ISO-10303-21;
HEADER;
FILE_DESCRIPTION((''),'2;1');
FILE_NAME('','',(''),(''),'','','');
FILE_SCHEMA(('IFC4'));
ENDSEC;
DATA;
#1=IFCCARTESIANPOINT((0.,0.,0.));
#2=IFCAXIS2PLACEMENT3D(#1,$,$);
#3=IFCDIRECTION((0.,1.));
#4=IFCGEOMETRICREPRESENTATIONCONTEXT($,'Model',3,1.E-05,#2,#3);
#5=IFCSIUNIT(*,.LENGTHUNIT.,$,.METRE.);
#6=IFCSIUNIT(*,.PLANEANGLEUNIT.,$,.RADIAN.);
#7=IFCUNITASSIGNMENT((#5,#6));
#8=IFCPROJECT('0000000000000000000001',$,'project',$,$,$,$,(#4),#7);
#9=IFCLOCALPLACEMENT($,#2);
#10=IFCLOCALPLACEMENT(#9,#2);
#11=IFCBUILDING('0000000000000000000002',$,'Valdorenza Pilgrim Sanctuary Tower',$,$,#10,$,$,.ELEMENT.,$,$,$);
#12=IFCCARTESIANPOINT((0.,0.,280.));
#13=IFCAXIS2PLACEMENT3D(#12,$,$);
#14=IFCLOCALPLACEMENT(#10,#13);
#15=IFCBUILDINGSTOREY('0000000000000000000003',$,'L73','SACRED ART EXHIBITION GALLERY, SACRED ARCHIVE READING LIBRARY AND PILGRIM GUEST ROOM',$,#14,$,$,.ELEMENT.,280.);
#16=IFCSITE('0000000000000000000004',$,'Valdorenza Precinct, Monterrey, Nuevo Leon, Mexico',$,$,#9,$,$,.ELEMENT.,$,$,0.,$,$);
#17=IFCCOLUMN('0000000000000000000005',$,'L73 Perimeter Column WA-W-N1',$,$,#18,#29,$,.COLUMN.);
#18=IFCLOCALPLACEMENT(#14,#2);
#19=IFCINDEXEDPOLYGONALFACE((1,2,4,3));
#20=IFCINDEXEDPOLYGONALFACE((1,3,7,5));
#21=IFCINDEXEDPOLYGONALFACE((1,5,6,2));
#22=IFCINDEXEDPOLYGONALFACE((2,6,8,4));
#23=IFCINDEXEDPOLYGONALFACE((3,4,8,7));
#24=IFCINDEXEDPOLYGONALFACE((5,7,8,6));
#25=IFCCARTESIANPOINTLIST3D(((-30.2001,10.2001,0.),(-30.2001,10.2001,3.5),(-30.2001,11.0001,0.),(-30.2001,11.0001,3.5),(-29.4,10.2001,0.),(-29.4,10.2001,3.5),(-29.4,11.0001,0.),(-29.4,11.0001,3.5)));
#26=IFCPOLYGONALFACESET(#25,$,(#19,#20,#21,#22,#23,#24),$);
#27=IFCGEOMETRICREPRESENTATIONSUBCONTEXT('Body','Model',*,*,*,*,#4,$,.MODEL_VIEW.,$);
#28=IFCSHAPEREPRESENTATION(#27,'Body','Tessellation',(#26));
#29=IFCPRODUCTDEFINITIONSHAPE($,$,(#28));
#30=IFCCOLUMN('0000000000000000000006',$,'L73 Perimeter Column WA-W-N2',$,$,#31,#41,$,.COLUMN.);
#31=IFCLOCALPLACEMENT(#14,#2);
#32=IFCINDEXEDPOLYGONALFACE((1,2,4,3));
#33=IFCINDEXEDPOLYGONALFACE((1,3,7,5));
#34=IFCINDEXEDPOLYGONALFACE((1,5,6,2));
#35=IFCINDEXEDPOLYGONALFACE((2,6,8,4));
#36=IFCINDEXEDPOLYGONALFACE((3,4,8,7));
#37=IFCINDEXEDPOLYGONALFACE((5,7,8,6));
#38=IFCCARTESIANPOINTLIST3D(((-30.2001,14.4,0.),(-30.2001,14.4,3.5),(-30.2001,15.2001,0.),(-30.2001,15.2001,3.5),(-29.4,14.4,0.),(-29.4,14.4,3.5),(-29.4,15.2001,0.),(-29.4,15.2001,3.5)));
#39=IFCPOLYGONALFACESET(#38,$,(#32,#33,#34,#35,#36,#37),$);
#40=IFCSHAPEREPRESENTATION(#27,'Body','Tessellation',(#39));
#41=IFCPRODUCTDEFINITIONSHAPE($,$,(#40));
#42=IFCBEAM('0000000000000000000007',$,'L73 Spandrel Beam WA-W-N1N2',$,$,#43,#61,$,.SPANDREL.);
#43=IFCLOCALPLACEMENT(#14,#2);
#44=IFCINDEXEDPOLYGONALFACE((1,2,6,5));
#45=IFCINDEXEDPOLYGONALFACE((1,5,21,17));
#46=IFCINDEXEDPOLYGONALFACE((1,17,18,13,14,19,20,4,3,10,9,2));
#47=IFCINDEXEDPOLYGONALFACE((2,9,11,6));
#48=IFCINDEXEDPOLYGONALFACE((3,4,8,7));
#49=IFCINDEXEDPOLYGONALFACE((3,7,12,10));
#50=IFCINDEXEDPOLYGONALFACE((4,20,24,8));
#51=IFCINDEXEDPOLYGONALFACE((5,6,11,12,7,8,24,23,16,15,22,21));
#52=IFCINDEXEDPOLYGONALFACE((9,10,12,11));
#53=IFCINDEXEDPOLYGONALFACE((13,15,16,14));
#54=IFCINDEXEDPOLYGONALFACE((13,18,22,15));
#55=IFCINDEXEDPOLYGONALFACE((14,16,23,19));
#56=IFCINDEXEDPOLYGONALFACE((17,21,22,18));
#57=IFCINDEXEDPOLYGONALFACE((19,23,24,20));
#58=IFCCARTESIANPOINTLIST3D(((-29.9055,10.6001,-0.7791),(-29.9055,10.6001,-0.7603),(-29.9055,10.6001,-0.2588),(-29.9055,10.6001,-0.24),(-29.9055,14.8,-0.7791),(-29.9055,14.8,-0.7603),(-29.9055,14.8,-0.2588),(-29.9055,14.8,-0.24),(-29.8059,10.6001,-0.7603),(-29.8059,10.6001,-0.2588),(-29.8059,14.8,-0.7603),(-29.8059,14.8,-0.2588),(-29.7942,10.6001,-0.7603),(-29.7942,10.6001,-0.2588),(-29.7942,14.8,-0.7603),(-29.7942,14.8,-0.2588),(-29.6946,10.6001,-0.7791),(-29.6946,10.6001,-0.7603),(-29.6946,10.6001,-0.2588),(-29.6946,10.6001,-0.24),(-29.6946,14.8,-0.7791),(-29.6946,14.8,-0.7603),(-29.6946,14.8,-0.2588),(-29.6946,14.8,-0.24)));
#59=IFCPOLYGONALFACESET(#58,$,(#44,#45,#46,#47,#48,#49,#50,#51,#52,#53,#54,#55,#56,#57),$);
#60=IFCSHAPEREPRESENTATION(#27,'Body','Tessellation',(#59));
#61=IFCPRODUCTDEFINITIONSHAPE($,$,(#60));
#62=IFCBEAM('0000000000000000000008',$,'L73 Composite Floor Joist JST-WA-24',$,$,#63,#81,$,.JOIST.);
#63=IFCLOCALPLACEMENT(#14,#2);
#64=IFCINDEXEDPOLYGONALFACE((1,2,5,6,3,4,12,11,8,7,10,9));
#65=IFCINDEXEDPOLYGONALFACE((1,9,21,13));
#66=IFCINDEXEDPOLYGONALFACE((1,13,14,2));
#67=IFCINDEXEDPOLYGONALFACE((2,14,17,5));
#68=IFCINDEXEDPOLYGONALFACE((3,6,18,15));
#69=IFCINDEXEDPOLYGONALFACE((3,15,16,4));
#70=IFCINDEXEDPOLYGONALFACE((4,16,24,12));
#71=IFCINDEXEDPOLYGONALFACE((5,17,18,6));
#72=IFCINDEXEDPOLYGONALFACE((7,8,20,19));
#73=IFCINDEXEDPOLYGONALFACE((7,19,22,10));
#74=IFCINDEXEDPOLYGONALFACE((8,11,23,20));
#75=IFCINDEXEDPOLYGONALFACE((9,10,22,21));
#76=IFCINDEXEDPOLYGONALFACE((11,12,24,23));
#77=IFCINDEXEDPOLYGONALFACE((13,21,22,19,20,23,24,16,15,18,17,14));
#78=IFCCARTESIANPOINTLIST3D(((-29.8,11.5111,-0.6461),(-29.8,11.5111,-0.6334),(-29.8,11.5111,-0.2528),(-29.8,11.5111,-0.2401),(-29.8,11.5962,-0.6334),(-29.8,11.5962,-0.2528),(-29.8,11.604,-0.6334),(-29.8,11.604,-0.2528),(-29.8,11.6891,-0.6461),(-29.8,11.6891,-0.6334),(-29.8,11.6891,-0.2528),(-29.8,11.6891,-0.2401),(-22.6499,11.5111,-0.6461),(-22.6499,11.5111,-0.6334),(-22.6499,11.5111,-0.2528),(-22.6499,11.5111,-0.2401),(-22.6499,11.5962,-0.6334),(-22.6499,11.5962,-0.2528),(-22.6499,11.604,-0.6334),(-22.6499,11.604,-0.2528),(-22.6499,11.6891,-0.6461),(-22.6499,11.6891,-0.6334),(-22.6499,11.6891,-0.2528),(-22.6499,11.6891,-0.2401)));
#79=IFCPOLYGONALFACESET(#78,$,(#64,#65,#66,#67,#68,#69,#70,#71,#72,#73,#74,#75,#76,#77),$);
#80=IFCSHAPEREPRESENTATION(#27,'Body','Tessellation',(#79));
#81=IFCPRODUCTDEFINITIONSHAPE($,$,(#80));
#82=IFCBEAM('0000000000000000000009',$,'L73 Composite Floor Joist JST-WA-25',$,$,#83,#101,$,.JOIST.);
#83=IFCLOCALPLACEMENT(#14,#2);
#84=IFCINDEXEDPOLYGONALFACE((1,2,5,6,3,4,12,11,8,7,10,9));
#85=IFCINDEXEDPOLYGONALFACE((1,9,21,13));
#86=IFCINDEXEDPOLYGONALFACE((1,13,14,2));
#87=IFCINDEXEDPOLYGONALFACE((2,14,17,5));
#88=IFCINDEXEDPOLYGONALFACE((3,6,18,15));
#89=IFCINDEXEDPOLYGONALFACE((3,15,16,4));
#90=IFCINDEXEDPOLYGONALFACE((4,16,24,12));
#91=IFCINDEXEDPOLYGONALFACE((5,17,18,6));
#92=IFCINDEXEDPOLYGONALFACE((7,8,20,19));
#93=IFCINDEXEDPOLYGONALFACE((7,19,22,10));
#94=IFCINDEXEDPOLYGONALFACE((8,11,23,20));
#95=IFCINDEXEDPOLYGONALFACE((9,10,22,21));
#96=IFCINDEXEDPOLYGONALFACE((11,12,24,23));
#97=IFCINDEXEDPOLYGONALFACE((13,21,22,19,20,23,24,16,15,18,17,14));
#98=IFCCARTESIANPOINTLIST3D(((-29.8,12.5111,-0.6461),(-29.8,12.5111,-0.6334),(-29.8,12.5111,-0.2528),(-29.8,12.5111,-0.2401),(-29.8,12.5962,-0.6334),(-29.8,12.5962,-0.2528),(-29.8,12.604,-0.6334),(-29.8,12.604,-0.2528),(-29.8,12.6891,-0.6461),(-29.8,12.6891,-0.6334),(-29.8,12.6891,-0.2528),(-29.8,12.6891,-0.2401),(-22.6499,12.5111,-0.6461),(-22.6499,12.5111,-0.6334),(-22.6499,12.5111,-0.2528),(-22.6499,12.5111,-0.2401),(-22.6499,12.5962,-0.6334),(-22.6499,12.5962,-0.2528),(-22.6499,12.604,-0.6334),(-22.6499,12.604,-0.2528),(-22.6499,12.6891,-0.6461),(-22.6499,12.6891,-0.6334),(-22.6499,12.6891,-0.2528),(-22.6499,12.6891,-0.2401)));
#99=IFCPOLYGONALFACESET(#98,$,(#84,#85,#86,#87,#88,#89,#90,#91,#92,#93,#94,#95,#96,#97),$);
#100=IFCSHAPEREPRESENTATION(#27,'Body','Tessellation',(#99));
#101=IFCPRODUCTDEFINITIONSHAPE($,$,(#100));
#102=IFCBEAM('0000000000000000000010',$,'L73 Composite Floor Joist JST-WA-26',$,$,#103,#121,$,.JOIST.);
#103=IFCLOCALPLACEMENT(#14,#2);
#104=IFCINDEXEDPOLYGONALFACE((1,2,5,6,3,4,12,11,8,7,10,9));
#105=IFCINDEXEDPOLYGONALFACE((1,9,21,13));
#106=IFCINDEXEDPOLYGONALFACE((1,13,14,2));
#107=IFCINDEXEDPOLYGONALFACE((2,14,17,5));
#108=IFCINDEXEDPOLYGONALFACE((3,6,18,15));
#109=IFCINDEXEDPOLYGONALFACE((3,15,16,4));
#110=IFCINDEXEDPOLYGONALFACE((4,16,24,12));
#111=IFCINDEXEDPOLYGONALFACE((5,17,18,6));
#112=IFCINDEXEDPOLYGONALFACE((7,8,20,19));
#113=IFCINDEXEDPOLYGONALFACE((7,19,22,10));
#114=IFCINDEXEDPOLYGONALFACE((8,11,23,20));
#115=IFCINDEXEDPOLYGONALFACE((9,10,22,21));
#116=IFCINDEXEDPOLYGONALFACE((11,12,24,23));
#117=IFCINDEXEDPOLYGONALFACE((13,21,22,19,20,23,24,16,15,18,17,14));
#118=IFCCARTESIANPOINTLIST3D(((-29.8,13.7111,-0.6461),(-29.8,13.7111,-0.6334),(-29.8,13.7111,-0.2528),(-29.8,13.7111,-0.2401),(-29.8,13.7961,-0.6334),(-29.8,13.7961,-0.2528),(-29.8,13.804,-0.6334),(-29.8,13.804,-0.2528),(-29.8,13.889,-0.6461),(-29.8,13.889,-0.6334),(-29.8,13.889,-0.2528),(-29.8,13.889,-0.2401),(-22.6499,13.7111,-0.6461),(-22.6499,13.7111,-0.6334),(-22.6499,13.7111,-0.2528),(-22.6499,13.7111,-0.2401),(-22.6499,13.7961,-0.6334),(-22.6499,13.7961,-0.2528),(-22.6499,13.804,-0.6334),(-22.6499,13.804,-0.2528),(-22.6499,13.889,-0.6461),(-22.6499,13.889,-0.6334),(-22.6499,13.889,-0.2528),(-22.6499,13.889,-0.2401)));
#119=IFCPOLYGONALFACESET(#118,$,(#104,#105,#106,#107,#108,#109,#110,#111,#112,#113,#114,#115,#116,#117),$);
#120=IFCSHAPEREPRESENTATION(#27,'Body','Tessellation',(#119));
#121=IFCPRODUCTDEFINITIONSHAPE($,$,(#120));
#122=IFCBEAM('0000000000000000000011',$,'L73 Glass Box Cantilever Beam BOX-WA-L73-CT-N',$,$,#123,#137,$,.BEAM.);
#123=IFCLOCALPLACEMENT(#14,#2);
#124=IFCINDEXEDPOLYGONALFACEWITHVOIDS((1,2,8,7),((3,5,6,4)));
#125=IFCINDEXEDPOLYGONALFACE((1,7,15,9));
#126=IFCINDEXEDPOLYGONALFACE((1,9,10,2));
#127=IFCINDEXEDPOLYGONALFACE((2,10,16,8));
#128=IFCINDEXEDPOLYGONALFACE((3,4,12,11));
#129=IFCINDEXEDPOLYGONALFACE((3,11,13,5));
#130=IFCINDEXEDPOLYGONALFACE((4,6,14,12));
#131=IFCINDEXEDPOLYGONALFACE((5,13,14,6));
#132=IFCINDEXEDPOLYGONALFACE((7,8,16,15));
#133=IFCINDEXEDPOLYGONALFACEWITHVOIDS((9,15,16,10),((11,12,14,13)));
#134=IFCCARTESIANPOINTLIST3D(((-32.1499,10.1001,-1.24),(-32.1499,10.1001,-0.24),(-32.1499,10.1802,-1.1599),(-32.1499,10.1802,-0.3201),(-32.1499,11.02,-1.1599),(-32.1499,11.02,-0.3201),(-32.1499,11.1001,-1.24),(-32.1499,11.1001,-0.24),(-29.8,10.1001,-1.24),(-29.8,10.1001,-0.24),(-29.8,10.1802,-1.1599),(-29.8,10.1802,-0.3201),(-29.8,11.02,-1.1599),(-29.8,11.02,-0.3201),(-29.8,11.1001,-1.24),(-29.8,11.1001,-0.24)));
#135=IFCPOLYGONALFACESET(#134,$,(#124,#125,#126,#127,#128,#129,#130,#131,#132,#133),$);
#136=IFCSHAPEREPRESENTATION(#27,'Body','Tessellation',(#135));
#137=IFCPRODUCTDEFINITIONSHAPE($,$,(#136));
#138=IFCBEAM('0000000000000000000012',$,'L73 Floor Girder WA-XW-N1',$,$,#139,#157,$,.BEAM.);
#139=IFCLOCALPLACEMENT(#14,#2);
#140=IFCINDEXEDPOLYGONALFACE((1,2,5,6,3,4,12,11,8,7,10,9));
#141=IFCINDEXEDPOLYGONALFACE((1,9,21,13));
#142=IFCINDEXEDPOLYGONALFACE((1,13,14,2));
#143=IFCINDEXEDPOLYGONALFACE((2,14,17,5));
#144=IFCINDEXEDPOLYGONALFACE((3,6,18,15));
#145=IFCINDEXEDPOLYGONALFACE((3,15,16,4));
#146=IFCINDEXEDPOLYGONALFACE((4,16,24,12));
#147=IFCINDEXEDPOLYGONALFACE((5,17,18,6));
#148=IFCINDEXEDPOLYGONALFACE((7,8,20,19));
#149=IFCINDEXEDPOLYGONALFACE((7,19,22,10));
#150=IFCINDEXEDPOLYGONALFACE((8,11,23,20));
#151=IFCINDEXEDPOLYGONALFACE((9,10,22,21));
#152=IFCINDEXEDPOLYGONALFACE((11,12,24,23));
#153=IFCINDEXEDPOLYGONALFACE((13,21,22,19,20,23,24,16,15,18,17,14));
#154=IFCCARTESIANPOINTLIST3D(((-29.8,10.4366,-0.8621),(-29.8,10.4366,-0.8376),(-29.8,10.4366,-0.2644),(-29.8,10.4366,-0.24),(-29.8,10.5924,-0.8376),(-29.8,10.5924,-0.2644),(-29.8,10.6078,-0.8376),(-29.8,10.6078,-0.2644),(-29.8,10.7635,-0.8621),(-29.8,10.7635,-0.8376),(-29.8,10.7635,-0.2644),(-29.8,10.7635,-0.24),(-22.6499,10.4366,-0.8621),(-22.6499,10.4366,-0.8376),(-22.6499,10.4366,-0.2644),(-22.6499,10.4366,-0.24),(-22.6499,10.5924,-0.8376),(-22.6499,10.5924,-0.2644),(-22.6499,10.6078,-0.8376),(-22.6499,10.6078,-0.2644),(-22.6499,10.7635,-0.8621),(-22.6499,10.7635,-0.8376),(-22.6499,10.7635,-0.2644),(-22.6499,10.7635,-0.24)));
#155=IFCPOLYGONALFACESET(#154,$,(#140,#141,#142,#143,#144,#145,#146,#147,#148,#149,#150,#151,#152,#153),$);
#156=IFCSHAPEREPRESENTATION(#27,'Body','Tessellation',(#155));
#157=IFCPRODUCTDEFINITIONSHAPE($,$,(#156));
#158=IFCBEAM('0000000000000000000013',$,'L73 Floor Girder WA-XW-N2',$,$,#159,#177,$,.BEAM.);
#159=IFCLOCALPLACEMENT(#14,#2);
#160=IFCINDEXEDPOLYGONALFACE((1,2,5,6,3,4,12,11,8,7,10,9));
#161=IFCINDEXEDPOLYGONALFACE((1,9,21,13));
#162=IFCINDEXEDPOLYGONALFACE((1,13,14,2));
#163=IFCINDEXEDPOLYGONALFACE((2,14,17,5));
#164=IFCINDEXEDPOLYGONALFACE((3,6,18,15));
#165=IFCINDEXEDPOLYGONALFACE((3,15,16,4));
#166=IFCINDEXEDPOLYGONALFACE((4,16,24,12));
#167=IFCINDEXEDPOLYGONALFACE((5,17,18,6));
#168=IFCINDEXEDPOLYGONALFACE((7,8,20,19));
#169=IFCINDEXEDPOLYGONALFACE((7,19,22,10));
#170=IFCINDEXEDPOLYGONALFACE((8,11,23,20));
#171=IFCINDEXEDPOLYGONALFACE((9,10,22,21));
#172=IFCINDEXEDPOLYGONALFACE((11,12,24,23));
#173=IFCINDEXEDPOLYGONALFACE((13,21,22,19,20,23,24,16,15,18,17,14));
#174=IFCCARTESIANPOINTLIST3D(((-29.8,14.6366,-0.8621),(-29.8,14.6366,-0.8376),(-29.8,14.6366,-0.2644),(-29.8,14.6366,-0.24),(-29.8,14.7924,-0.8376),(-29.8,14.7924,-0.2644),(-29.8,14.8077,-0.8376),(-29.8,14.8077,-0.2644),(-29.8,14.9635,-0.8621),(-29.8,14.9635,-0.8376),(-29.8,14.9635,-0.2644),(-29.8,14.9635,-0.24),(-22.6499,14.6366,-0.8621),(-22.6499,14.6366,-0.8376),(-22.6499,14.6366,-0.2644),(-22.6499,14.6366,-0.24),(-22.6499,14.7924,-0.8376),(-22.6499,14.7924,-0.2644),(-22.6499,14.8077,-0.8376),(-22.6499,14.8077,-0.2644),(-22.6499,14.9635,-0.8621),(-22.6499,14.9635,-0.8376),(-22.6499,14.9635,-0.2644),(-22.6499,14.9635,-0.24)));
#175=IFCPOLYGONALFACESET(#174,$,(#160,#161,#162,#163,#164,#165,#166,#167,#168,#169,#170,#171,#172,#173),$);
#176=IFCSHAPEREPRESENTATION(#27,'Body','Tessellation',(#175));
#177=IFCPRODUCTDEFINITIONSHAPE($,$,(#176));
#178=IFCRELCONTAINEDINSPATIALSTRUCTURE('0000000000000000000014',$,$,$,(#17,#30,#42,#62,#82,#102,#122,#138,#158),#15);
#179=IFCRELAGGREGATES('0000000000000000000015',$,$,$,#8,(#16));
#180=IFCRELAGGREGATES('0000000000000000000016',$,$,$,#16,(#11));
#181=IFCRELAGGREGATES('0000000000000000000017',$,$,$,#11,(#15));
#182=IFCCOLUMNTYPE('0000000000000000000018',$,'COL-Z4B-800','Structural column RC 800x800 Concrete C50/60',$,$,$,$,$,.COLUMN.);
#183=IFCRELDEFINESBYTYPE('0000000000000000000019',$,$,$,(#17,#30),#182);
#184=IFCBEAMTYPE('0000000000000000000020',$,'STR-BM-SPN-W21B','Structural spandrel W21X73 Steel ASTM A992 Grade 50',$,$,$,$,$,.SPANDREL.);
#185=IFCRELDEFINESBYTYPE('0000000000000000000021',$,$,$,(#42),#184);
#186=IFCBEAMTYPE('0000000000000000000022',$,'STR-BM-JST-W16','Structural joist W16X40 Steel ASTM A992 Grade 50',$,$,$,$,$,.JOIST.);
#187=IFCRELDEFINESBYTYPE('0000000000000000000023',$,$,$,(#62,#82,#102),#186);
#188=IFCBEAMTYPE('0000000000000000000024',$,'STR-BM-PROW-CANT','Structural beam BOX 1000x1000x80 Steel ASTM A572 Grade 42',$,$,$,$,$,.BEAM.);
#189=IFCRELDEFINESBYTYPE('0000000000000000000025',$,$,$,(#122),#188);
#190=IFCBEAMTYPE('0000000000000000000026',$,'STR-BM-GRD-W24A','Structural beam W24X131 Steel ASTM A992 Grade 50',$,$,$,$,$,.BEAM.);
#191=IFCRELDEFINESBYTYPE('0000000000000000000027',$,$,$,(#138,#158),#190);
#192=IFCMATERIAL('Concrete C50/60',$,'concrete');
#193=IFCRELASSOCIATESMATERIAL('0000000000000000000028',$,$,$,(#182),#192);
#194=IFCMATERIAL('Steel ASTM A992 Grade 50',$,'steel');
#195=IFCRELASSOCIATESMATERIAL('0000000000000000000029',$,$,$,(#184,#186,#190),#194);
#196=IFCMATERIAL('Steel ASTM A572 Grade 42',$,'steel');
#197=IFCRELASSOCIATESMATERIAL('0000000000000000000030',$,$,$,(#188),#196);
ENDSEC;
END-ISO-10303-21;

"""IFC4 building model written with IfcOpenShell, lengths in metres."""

from ifc_helpers import new_model, si_unit, direction, frame, origin, origin_2d, place, context, subcontext, project, spatial, rectangle, hollow_rectangle, i_section, extrude, source, transform, mapped, material, material_profile, profile_set, type_object, element, save


model = new_model("IFC4")

# Units and contexts
model_context = context("Model", 3, precision=1e-05, world=origin(), true_north=direction((0.0, 1.0)))
body_context = subcontext(model_context, "Body", "Model", "MODEL_VIEW")
ifc_project = project(units=[si_unit("LENGTHUNIT", "METRE"), si_unit("PLANEANGLEUNIT", "RADIAN")], contexts=[model_context])

# Site, building, storey
site_placement = place(None, origin())
site = spatial("IfcSite", under=ifc_project, at=site_placement, Name="Valdorenza Precinct, Monterrey, Nuevo Leon, Mexico", CompositionType="ELEMENT", RefElevation=0.0)
building_placement = place(site_placement, origin())
building = spatial("IfcBuilding", under=site, at=building_placement, Name="Valdorenza Pilgrim Sanctuary Tower", CompositionType="ELEMENT")
storey_placement = place(building_placement, frame((0.0, 0.0, 280.0)))
storey = spatial("IfcBuildingStorey", under=building, at=storey_placement, Name="L73", Description="SACRED ART EXHIBITION GALLERY, SACRED ARCHIVE READING LIBRARY AND PILGRIM GUEST ROOM", CompositionType="ELEMENT", Elevation=280.0)

# Columns
ifc_material_1 = material(Name="Concrete C50/60", Category="concrete")
ifc_material_profile_1 = material_profile(ifc_material_1, rectangle(XDim=0.8, YDim=0.8, at=origin_2d()), Name="RC 800x800")
ifc_profile_set_1 = profile_set([ifc_material_profile_1], Name="Concrete C50/60")
column_type = type_object("IfcColumnType", Name="COL-Z4B-800", Description="Structural column RC 800x800 Concrete C50/60", PredefinedType="COLUMN", material=ifc_profile_set_1)
shared_shape_1 = source(origin(), body_context, "Body", "SweptSolid", [
    extrude(rectangle(XDim=0.8, YDim=0.8, at=origin_2d()), origin(), (0.0, 0.0, 1.0), 3.5),
])
for number, where, z_axis, x_axis, name in (
    (1, (-29.8, 10.6001, 0.0), (0.0, 0.0, 1.0), (1.0, 0.0, 0.0), "L73 Perimeter Column WA-W-N1"),
    (2, (-29.8, 14.8, 0.0), (0.0, 0.0, 1.0), (1.0, 0.0, 0.0), "L73 Perimeter Column WA-W-N2"),
):
    element("IfcColumn", number, at=place(storey_placement, frame(where, z_axis=z_axis, x_axis=x_axis)), inside=storey, type_object=column_type, Name=name, PredefinedType="COLUMN", context=body_context, shape_type="MappedRepresentation", body=[
        mapped(shared_shape_1, transform((0.0, 0.0, 0.0), x_axis=(1.0, 0.0, 0.0), y_axis=(0.0, 1.0, 0.0), z_axis=(0.0, 0.0, 1.0), scale=1.0)),
    ])

# Beams
ifc_material_2 = material(Name="Steel ASTM A992 Grade 50", Category="steel")
ifc_material_profile_2 = material_profile(ifc_material_2, i_section(OverallWidth=0.2109, OverallDepth=0.5391, WebThickness=0.0117, FlangeThickness=0.0188, at=origin_2d()), Name="W21X73")
ifc_profile_set_2 = profile_set([ifc_material_profile_2], Name="Steel ASTM A992 Grade 50")
beam_type_1 = type_object("IfcBeamType", Name="STR-BM-SPN-W21B", Description="Structural spandrel W21X73 Steel ASTM A992 Grade 50", PredefinedType="SPANDREL", material=ifc_profile_set_2)
shared_shape_2 = source(origin(), body_context, "Body", "SweptSolid", [
    extrude(i_section(OverallWidth=0.2109, OverallDepth=0.5391, WebThickness=0.0117, FlangeThickness=0.0188, at=origin_2d()), origin(), (0.0, 0.0, 1.0), 4.2),
])
beam_1_placement = place(storey_placement, frame((-29.8, 10.6001, -0.5095), z_axis=(0.0, 1.0, 0.0), x_axis=(-1.0, 0.0, 0.0)))
element("IfcBeam", 3, at=beam_1_placement, inside=storey, type_object=beam_type_1, Name="L73 Spandrel Beam WA-W-N1N2", PredefinedType="SPANDREL", context=body_context, shape_type="MappedRepresentation", body=[
    mapped(shared_shape_2, transform((0.0, 0.0, 0.0), x_axis=(1.0, 0.0, 0.0), y_axis=(0.0, 1.0, 0.0), z_axis=(0.0, 0.0, 1.0), scale=1.0)),
])
ifc_material_profile_3 = material_profile(ifc_material_2, i_section(OverallWidth=0.178, OverallDepth=0.406, WebThickness=0.0078, FlangeThickness=0.0127, at=origin_2d()), Name="W16X40")
ifc_profile_set_3 = profile_set([ifc_material_profile_3], Name="Steel ASTM A992 Grade 50")
beam_type_2 = type_object("IfcBeamType", Name="STR-BM-JST-W16", Description="Structural joist W16X40 Steel ASTM A992 Grade 50", PredefinedType="JOIST", material=ifc_profile_set_3)
shared_shape_3 = source(origin(), body_context, "Body", "SweptSolid", [
    extrude(i_section(OverallWidth=0.178, OverallDepth=0.406, WebThickness=0.0078, FlangeThickness=0.0127, at=origin_2d()), origin(), (0.0, 0.0, 1.0), 7.1501),
])
for number, where, z_axis, x_axis, name in (
    (4, (-29.8, 11.6001, -0.4431), (1.0, 0.0, 0.0), (0.0, 1.0, 0.0), "L73 Composite Floor Joist JST-WA-24"),
    (5, (-29.8, 12.6001, -0.4431), (1.0, 0.0, 0.0), (0.0, 1.0, 0.0), "L73 Composite Floor Joist JST-WA-25"),
    (6, (-29.8, 13.8, -0.4431), (1.0, 0.0, 0.0), (0.0, 1.0, 0.0), "L73 Composite Floor Joist JST-WA-26"),
):
    element("IfcBeam", number, at=place(storey_placement, frame(where, z_axis=z_axis, x_axis=x_axis)), inside=storey, type_object=beam_type_2, Name=name, PredefinedType="JOIST", context=body_context, shape_type="MappedRepresentation", body=[
        mapped(shared_shape_3, transform((0.0, 0.0, 0.0), x_axis=(1.0, 0.0, 0.0), y_axis=(0.0, 1.0, 0.0), z_axis=(0.0, 0.0, 1.0), scale=1.0)),
    ])
ifc_material_3 = material(Name="Steel ASTM A572 Grade 42", Category="steel")
ifc_material_profile_4 = material_profile(ifc_material_3, hollow_rectangle(XDim=1.0, YDim=1.0, WallThickness=0.0801, at=origin_2d()), Name="BOX 1000x1000x80")
ifc_profile_set_4 = profile_set([ifc_material_profile_4], Name="Steel ASTM A572 Grade 42")
beam_type_3 = type_object("IfcBeamType", Name="STR-BM-PROW-CANT", Description="Structural beam BOX 1000x1000x80 Steel ASTM A572 Grade 42", PredefinedType="BEAM", material=ifc_profile_set_4)
shared_shape_4 = source(origin(), body_context, "Body", "SweptSolid", [
    extrude(hollow_rectangle(XDim=1.0, YDim=1.0, WallThickness=0.0801, at=origin_2d()), origin(), (0.0, 0.0, 1.0), 2.3499),
])
beam_2_placement = place(storey_placement, frame((-29.8, 10.6001, -0.74), z_axis=(-1.0, 0.0, 0.0), x_axis=(0.0, -1.0, 0.0)))
element("IfcBeam", 7, at=beam_2_placement, inside=storey, type_object=beam_type_3, Name="L73 Glass Box Cantilever Beam BOX-WA-L73-CT-N", PredefinedType="BEAM", context=body_context, shape_type="MappedRepresentation", body=[
    mapped(shared_shape_4, transform((0.0, 0.0, 0.0), x_axis=(1.0, 0.0, 0.0), y_axis=(0.0, 1.0, 0.0), z_axis=(0.0, 0.0, 1.0), scale=1.0)),
])
ifc_material_profile_5 = material_profile(ifc_material_2, i_section(OverallWidth=0.3269, OverallDepth=0.6221, WebThickness=0.0154, FlangeThickness=0.0244, at=origin_2d()), Name="W24X131")
ifc_profile_set_5 = profile_set([ifc_material_profile_5], Name="Steel ASTM A992 Grade 50")
beam_type_4 = type_object("IfcBeamType", Name="STR-BM-GRD-W24A", Description="Structural beam W24X131 Steel ASTM A992 Grade 50", PredefinedType="BEAM", material=ifc_profile_set_5)
shared_shape_5 = source(origin(), body_context, "Body", "SweptSolid", [
    extrude(i_section(OverallWidth=0.3269, OverallDepth=0.6221, WebThickness=0.0154, FlangeThickness=0.0244, at=origin_2d()), origin(), (0.0, 0.0, 1.0), 7.1501),
])
for number, where, z_axis, x_axis, name in (
    (8, (-29.8, 10.6001, -0.551), (1.0, 0.0, 0.0), (0.0, 1.0, 0.0), "L73 Floor Girder WA-XW-N1"),
    (9, (-29.8, 14.8, -0.551), (1.0, 0.0, 0.0), (0.0, 1.0, 0.0), "L73 Floor Girder WA-XW-N2"),
):
    element("IfcBeam", number, at=place(storey_placement, frame(where, z_axis=z_axis, x_axis=x_axis)), inside=storey, type_object=beam_type_4, Name=name, PredefinedType="BEAM", context=body_context, shape_type="MappedRepresentation", body=[
        mapped(shared_shape_5, transform((0.0, 0.0, 0.0), x_axis=(1.0, 0.0, 0.0), y_axis=(0.0, 1.0, 0.0), z_axis=(0.0, 0.0, 1.0), scale=1.0)),
    ])

save(model, "model.ifc")
